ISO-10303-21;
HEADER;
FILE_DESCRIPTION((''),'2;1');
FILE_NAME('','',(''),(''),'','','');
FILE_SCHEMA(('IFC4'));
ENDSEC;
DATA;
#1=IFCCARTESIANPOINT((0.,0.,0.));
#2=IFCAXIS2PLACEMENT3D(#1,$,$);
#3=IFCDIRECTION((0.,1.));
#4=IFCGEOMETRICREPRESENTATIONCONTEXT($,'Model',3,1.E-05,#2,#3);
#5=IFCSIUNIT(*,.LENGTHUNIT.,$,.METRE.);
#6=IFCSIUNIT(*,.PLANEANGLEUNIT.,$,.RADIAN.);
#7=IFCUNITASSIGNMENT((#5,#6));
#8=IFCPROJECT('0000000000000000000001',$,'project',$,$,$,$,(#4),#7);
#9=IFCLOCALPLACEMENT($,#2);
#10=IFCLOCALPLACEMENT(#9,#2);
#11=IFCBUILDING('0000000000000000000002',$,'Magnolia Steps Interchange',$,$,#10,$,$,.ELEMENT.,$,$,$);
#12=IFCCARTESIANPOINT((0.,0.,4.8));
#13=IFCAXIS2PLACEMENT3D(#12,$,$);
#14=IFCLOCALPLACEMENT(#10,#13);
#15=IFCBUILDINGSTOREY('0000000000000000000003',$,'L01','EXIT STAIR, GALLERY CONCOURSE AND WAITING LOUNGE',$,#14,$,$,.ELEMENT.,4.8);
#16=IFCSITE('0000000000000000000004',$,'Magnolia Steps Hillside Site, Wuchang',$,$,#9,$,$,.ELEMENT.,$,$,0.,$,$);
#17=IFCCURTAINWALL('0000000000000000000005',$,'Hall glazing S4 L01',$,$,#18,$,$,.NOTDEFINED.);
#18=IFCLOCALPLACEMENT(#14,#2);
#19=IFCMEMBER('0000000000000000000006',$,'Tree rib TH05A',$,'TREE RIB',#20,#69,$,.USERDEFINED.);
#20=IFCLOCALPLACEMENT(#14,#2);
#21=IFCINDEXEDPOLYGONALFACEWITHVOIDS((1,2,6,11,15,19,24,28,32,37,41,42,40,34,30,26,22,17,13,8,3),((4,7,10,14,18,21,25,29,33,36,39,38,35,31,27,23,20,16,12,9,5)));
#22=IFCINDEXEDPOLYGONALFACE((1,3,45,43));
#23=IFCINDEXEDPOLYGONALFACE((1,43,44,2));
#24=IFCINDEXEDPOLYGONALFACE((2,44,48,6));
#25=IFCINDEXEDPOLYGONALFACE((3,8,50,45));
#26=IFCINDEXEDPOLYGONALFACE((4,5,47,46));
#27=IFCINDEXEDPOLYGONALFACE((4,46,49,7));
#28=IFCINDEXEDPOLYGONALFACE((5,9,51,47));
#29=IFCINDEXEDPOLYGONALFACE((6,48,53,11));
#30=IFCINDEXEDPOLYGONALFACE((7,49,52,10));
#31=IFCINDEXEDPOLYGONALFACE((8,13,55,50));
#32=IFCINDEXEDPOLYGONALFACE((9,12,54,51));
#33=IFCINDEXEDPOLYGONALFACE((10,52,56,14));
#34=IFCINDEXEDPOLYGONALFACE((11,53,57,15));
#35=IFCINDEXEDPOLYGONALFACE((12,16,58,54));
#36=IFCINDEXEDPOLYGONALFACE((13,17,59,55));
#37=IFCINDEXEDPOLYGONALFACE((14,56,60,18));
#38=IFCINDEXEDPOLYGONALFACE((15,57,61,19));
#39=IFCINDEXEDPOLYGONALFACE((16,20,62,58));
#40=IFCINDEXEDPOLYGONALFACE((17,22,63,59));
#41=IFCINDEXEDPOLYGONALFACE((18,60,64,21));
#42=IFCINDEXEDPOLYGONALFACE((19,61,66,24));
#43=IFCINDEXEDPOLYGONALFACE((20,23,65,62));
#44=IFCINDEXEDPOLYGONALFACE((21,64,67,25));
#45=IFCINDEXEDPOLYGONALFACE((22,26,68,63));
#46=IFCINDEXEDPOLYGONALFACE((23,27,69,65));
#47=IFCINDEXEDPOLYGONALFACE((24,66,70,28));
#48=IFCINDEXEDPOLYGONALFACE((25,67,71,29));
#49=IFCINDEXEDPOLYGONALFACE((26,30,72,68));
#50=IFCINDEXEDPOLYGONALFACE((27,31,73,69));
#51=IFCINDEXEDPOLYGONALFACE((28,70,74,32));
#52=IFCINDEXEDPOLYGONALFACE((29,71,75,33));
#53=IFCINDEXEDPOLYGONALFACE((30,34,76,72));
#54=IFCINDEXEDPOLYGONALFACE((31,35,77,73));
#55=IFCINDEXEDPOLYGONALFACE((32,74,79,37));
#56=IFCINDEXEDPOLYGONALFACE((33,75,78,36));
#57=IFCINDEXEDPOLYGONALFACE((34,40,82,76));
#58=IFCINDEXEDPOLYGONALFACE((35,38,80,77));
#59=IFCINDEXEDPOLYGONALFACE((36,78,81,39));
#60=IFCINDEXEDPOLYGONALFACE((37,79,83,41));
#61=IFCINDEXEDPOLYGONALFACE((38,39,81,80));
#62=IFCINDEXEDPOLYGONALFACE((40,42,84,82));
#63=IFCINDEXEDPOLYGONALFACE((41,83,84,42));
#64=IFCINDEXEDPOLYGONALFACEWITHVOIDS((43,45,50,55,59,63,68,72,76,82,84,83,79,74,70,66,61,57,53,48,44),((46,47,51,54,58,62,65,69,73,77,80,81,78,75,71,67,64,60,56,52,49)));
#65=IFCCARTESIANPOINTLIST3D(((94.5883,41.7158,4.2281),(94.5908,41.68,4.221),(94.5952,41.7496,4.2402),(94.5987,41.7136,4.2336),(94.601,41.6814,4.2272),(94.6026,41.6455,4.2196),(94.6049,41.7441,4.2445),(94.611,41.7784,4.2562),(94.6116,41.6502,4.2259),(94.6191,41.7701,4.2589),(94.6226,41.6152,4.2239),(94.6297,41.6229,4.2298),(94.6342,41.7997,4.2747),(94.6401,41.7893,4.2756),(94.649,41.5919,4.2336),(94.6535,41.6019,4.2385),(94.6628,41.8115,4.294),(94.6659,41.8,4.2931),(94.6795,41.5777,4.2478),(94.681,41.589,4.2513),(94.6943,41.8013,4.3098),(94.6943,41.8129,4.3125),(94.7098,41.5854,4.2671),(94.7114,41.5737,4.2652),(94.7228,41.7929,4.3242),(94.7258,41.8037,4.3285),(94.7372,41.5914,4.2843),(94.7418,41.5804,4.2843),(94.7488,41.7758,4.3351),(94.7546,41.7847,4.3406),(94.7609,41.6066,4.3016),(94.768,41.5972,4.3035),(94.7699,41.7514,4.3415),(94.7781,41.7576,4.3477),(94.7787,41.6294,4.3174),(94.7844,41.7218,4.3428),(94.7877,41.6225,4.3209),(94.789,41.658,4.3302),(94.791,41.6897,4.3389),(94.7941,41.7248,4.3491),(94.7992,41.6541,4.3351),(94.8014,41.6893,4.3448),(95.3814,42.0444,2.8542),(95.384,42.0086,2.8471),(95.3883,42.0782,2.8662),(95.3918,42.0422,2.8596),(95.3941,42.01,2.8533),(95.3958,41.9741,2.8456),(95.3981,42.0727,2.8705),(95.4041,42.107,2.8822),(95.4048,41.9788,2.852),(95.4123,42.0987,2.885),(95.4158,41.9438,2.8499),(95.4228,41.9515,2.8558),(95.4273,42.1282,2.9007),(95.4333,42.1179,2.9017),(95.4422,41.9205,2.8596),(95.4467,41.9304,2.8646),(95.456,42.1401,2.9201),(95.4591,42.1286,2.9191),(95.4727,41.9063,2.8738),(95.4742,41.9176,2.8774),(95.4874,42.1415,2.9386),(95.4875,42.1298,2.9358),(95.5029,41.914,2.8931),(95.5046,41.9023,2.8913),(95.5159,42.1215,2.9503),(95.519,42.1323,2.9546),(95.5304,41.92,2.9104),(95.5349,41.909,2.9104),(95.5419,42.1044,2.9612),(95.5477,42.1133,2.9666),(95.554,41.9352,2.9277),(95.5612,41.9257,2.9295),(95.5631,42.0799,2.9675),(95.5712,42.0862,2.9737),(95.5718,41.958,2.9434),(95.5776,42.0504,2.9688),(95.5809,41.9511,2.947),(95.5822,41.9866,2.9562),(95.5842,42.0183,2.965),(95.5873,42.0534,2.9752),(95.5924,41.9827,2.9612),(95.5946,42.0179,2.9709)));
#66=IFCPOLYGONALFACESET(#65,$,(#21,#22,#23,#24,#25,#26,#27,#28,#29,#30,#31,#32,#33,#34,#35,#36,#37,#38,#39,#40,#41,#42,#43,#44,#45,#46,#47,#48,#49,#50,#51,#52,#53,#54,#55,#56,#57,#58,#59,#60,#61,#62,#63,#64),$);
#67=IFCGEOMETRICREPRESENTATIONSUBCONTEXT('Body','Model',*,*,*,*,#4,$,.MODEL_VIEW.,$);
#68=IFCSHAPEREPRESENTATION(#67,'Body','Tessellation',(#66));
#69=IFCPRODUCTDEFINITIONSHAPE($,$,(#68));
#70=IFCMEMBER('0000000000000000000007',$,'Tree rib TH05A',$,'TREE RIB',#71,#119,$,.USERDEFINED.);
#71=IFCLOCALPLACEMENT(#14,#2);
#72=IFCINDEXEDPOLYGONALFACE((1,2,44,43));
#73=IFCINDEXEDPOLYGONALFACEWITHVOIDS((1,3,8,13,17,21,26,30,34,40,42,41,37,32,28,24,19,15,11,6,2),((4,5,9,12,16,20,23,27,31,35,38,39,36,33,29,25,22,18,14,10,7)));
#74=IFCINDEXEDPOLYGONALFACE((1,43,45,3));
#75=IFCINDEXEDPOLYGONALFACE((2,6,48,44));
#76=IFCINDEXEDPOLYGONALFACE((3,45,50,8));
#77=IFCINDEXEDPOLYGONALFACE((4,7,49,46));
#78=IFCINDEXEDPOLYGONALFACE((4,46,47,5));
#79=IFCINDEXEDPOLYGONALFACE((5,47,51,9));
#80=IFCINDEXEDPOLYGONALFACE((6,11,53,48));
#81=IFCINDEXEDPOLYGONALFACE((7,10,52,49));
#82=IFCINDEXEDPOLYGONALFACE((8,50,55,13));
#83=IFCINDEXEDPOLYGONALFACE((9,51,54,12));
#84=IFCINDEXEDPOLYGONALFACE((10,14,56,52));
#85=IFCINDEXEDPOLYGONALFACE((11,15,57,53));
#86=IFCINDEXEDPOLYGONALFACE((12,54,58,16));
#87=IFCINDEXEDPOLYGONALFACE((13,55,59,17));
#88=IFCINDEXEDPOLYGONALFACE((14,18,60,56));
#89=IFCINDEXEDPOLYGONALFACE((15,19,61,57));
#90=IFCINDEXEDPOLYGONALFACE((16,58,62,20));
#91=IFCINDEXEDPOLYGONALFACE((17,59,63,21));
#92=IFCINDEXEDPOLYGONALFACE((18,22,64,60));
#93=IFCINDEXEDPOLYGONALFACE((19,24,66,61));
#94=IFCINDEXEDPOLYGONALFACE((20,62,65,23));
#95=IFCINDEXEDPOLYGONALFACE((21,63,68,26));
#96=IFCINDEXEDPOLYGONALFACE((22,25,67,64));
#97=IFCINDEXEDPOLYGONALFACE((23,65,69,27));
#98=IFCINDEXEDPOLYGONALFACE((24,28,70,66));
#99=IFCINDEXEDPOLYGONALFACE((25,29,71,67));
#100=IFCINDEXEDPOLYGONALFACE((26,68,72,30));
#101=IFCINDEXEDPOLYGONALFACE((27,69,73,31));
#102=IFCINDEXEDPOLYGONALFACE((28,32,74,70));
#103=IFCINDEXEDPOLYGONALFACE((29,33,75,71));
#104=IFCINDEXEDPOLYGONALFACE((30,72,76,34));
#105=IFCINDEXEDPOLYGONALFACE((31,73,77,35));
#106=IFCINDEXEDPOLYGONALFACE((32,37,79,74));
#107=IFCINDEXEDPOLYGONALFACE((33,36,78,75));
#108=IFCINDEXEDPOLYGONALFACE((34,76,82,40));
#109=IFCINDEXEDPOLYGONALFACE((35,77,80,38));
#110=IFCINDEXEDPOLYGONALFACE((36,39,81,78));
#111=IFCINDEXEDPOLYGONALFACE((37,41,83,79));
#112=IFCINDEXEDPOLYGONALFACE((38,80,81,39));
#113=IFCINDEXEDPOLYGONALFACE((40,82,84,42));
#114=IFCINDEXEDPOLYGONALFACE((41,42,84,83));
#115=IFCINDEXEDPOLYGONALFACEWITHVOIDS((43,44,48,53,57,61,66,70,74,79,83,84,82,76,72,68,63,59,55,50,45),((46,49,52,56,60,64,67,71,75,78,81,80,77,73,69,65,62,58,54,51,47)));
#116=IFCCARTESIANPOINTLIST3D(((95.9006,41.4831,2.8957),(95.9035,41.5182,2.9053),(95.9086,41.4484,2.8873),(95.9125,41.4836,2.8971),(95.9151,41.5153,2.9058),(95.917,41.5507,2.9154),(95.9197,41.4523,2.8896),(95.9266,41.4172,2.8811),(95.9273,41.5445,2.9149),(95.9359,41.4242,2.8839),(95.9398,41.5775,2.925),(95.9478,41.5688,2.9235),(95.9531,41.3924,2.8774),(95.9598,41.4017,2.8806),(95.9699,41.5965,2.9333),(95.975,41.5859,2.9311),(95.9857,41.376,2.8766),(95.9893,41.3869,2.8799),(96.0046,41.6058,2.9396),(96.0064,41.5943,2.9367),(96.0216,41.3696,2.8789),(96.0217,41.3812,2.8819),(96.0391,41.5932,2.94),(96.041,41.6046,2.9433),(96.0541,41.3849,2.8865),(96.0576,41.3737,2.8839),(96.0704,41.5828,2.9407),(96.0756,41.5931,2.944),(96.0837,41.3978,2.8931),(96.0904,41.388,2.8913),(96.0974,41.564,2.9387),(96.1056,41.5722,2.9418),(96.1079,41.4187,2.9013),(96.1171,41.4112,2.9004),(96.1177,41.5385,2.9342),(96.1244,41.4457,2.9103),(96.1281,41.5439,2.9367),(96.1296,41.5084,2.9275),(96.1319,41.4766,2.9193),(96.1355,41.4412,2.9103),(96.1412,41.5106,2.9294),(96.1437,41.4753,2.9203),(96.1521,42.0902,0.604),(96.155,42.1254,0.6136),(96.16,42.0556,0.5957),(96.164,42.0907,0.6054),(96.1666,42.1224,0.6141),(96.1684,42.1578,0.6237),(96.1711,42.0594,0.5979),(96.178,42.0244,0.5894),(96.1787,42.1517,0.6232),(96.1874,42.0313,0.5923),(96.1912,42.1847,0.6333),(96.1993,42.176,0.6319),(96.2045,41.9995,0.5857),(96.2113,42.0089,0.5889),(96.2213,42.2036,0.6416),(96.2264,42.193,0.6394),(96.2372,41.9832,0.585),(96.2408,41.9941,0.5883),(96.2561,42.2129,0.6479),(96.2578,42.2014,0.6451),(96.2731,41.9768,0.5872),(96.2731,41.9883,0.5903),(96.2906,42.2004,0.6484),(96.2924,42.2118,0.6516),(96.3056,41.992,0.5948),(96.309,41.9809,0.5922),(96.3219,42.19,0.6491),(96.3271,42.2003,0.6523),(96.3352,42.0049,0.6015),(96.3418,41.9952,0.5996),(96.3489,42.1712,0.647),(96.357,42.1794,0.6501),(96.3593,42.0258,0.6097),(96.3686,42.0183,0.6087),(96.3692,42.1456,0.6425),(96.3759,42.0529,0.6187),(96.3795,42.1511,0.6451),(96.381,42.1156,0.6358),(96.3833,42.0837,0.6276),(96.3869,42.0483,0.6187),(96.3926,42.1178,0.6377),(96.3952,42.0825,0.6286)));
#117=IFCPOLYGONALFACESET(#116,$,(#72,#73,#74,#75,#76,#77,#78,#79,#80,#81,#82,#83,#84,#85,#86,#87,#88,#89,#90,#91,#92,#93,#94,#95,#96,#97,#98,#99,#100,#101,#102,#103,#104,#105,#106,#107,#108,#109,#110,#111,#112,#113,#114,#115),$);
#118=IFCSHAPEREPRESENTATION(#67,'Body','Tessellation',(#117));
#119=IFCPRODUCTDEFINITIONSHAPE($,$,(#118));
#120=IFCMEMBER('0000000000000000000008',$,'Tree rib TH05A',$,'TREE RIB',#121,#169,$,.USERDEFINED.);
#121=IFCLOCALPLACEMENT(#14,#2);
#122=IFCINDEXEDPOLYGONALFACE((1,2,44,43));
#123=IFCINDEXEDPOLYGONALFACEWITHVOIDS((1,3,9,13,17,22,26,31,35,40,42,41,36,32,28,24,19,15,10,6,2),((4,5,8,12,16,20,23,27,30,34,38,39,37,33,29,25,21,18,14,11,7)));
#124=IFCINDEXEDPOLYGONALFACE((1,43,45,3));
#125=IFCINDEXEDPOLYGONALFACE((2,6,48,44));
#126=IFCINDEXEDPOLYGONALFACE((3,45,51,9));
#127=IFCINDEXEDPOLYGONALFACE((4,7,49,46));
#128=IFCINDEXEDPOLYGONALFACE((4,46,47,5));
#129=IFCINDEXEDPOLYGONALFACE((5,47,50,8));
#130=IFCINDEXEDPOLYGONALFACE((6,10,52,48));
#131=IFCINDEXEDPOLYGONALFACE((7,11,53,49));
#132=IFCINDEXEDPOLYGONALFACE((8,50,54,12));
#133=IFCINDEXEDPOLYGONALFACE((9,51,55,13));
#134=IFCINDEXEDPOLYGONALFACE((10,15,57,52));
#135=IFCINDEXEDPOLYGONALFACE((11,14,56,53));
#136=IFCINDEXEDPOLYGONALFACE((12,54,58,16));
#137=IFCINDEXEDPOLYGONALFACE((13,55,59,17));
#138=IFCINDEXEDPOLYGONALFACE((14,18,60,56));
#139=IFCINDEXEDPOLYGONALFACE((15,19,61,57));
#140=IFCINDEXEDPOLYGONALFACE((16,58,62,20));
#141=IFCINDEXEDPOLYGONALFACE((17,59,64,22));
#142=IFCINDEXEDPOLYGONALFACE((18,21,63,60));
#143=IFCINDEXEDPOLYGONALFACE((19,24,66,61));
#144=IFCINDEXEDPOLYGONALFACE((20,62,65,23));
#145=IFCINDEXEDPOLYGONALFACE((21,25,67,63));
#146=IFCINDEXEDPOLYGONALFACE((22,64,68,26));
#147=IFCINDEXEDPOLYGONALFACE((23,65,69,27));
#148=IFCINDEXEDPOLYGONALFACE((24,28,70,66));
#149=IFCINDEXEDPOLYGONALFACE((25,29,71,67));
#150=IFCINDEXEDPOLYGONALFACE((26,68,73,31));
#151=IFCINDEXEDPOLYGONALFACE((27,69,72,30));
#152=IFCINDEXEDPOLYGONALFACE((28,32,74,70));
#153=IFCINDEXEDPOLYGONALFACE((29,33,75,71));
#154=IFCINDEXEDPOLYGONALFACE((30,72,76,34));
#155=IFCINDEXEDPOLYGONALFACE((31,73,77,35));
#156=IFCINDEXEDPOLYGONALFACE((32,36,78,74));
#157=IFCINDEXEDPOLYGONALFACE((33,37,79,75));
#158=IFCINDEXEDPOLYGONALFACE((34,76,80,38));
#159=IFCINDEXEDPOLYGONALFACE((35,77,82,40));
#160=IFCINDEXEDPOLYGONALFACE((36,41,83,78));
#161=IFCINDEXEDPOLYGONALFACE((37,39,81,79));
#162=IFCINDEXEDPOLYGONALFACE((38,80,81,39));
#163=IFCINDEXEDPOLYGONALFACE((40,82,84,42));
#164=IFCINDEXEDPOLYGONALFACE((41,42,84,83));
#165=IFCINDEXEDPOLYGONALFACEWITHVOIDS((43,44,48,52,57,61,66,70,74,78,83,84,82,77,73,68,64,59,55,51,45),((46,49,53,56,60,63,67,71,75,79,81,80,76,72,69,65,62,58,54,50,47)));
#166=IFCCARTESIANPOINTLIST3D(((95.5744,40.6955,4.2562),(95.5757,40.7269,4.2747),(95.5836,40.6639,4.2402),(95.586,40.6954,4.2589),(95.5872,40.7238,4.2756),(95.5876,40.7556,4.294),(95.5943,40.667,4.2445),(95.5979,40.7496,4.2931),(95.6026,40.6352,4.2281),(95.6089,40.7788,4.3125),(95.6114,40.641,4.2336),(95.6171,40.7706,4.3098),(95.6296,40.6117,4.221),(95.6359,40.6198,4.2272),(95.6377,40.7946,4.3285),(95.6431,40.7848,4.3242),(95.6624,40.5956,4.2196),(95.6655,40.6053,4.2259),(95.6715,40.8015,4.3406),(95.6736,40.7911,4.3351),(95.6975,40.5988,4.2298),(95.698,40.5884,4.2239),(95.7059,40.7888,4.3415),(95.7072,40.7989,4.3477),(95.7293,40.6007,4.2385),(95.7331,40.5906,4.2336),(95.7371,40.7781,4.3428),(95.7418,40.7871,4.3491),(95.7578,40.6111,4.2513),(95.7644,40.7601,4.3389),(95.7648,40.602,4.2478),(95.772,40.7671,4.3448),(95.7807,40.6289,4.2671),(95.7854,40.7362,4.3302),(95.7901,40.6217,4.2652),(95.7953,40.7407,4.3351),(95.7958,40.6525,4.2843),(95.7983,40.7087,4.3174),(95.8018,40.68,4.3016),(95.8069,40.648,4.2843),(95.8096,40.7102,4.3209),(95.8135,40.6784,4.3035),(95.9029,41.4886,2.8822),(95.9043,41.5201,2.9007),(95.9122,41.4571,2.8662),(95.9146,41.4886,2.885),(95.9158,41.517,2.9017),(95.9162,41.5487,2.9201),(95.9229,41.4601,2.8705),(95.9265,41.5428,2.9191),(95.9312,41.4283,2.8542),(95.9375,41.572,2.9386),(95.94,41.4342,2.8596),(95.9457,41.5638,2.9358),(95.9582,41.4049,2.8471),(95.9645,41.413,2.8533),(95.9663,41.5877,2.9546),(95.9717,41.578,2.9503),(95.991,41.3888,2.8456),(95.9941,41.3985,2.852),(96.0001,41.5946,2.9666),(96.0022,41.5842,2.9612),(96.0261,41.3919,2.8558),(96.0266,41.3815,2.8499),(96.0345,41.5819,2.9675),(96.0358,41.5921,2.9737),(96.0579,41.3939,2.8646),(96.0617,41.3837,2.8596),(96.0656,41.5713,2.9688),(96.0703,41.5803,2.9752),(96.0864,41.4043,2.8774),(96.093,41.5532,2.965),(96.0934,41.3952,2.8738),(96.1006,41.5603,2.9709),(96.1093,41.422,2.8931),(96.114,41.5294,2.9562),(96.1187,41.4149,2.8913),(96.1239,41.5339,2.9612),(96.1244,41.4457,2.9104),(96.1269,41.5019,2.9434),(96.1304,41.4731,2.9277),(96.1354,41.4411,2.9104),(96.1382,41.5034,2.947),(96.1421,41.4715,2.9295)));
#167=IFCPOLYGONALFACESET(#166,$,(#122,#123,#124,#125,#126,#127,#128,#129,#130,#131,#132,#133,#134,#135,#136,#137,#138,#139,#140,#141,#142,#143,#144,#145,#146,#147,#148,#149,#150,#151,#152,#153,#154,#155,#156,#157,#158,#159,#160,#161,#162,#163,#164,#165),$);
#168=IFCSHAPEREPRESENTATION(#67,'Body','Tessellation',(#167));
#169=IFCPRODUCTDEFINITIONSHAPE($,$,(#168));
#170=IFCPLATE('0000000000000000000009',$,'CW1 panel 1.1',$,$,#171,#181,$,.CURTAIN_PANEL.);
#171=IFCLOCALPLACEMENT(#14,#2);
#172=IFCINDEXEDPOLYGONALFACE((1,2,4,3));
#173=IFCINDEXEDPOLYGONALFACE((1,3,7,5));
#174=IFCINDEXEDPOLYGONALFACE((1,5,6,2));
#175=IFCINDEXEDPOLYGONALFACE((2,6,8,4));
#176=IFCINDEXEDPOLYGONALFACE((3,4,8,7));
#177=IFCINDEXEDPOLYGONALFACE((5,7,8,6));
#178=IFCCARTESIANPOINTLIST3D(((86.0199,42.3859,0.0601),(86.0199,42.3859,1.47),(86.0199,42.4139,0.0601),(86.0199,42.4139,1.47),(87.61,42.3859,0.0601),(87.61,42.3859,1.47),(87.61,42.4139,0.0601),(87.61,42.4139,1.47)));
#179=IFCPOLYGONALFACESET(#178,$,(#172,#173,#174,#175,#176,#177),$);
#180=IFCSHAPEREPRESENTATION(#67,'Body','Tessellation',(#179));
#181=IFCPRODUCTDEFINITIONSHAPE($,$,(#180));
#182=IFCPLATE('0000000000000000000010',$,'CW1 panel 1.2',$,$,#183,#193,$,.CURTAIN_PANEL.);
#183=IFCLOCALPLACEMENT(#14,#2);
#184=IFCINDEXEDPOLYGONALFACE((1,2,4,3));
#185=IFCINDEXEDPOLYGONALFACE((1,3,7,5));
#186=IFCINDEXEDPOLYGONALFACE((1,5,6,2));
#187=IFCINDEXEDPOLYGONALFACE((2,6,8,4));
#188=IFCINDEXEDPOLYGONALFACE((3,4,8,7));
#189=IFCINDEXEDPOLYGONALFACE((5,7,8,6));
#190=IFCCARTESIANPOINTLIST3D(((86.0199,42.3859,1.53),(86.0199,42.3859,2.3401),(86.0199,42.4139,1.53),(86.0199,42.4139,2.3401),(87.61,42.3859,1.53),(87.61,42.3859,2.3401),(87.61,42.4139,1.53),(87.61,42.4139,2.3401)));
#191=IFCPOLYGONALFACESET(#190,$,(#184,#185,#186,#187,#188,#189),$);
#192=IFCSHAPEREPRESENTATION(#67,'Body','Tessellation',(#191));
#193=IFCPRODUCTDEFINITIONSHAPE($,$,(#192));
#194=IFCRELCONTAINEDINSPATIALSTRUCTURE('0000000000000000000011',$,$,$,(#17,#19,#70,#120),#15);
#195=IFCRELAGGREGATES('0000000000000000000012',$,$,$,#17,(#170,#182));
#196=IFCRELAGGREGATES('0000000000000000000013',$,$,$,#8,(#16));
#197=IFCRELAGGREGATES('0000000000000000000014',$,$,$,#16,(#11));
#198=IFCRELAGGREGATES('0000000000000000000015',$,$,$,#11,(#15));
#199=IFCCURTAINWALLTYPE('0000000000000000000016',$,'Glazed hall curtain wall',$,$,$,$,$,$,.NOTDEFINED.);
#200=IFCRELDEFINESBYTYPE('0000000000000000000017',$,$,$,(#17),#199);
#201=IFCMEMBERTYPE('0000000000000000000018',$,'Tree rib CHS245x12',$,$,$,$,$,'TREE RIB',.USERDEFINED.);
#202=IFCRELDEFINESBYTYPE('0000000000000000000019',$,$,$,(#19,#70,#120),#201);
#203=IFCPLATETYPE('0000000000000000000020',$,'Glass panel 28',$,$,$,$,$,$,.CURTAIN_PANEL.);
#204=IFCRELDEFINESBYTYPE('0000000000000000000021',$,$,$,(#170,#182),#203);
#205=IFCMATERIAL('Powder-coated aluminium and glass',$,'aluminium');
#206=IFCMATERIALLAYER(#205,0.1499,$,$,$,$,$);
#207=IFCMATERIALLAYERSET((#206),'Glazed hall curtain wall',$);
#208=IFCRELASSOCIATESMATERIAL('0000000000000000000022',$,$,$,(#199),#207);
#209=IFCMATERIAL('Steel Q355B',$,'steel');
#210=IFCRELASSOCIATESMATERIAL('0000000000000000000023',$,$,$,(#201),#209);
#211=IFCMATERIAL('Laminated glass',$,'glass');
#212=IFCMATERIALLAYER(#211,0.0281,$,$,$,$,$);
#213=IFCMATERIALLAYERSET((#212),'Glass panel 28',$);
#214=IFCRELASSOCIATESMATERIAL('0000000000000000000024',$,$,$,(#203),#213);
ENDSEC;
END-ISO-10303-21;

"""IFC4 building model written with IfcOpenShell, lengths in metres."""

from ifc_helpers import new_model, si_unit, direction, frame, origin, origin_2d, place, context, subcontext, project, spatial, rectangle, hollow_circle, extrude, material, layer, layer_set, material_profile, profile_set, type_object, element, aggregate, save


model = new_model("IFC4")

# Units and contexts
model_context = context("Model", 3, precision=1e-05, world=origin(), true_north=direction((0.0, 1.0)))
body_context = subcontext(model_context, "Body", "Model", "MODEL_VIEW")
ifc_project = project(units=[si_unit("LENGTHUNIT", "METRE"), si_unit("PLANEANGLEUNIT", "RADIAN")], contexts=[model_context])

# Site, building, storey
site_placement = place(None, origin())
site = spatial("IfcSite", under=ifc_project, at=site_placement, Name="Magnolia Steps Hillside Site, Wuchang", CompositionType="ELEMENT", RefElevation=0.0)
building_placement = place(site_placement, origin())
building = spatial("IfcBuilding", under=site, at=building_placement, Name="Magnolia Steps Interchange", CompositionType="ELEMENT")
storey_placement = place(building_placement, frame((0.0, 0.0, 4.8)))
storey = spatial("IfcBuildingStorey", under=building, at=storey_placement, Name="L01", Description="EXIT STAIR, GALLERY CONCOURSE AND WAITING LOUNGE", CompositionType="ELEMENT", Elevation=4.8)

# Curtain wall
ifc_material_1 = material(Name="Powder-coated aluminium and glass", Category="aluminium")
ifc_layer_1 = layer(ifc_material_1, 0.1499)
ifc_layer_set_1 = layer_set([ifc_layer_1], Name="Glazed hall curtain wall")
curtain_wall_type_1 = type_object("IfcCurtainWallType", Name="Glazed hall curtain wall", PredefinedType="NOTDEFINED", material=ifc_layer_set_1)
curtain_wall_1_placement = place(storey_placement, origin())
curtain_wall_1 = element("IfcCurtainWall", 1, at=curtain_wall_1_placement, inside=storey, type_object=curtain_wall_type_1, Name="Hall glazing S4 L01", PredefinedType="NOTDEFINED")

# Members
ifc_material_2 = material(Name="Steel Q355B", Category="steel")
ifc_material_profile_1 = material_profile(ifc_material_2, hollow_circle(Radius=0.1226, WallThickness=0.012, at=origin_2d()), Name="CHS245x12")
ifc_profile_set_1 = profile_set([ifc_material_profile_1], Name="Steel Q355B")
member_type_1 = type_object("IfcMemberType", Name="Tree rib CHS245x12", ElementType="TREE RIB", PredefinedType="USERDEFINED", material=ifc_profile_set_1)
member_1_placement = place(storey_placement, frame((95.488, 42.0222, 2.9104), z_axis=(-0.489571, -0.20282, 0.848047), x_axis=(0.382737, -0.923857, 0.0)))
element("IfcMember", 2, at=member_1_placement, inside=storey, type_object=member_type_1, Name="Tree rib TH05A", ObjectType="TREE RIB", PredefinedType="USERDEFINED", context=body_context, shape_type="SweptSolid", body=[
    extrude(hollow_circle(Radius=0.1226, WallThickness=0.012, at=origin_2d()), origin(), (0.0, 0.0, 1.0), 1.6201),
])
member_2_placement = place(storey_placement, frame((96.2737, 42.0952, 0.6187), z_axis=(-0.105475, -0.254676, 0.961257), x_axis=(0.923899, -0.382636, 0.0)))
element("IfcMember", 3, at=member_2_placement, inside=storey, type_object=member_type_1, Name="Tree rib TH05A", ObjectType="TREE RIB", PredefinedType="USERDEFINED", context=body_context, shape_type="SweptSolid", body=[
    extrude(hollow_circle(Radius=0.1226, WallThickness=0.012, at=origin_2d()), origin(), (0.0, 0.0, 1.0), 2.384),
])
member_3_placement = place(storey_placement, frame((96.0222, 41.488, 2.9104), z_axis=(-0.20282, -0.489571, 0.848047), x_axis=(0.923857, -0.382737, 0.0)))
element("IfcMember", 4, at=member_3_placement, inside=storey, type_object=member_type_1, Name="Tree rib TH05A", ObjectType="TREE RIB", PredefinedType="USERDEFINED", context=body_context, shape_type="SweptSolid", body=[
    extrude(hollow_circle(Radius=0.1226, WallThickness=0.012, at=origin_2d()), origin(), (0.0, 0.0, 1.0), 1.6201),
])

# Plates
ifc_material_3 = material(Name="Laminated glass", Category="glass")
ifc_layer_2 = layer(ifc_material_3, 0.0281)
ifc_layer_set_2 = layer_set([ifc_layer_2], Name="Glass panel 28")
plate_type = type_object("IfcPlateType", Name="Glass panel 28", PredefinedType="CURTAIN_PANEL", material=ifc_layer_set_2)
plate_1_placement = place(storey_placement, frame((86.8149, 42.3999, 0.0601), z_axis=(0.0, 0.0, 1.0), x_axis=(1.0, 0.0, 0.0)))
plate_1 = element("IfcPlate", 5, at=plate_1_placement, type_object=plate_type, Name="CW1 panel 1.1", PredefinedType="CURTAIN_PANEL", context=body_context, shape_type="SweptSolid", body=[
    extrude(rectangle(XDim=1.5901, YDim=0.0281, at=origin_2d()), origin(), (0.0, 0.0, 1.0), 1.4099),
])
plate_2_placement = place(storey_placement, frame((86.8149, 42.3999, 1.53), z_axis=(0.0, 0.0, 1.0), x_axis=(1.0, 0.0, 0.0)))
plate_2 = element("IfcPlate", 6, at=plate_2_placement, type_object=plate_type, Name="CW1 panel 1.2", PredefinedType="CURTAIN_PANEL", context=body_context, shape_type="SweptSolid", body=[
    extrude(rectangle(XDim=1.5901, YDim=0.0281, at=origin_2d()), origin(), (0.0, 0.0, 1.0), 0.8101),
])
aggregate(curtain_wall_1, [plate_1, plate_2])

save(model, "model.ifc")
